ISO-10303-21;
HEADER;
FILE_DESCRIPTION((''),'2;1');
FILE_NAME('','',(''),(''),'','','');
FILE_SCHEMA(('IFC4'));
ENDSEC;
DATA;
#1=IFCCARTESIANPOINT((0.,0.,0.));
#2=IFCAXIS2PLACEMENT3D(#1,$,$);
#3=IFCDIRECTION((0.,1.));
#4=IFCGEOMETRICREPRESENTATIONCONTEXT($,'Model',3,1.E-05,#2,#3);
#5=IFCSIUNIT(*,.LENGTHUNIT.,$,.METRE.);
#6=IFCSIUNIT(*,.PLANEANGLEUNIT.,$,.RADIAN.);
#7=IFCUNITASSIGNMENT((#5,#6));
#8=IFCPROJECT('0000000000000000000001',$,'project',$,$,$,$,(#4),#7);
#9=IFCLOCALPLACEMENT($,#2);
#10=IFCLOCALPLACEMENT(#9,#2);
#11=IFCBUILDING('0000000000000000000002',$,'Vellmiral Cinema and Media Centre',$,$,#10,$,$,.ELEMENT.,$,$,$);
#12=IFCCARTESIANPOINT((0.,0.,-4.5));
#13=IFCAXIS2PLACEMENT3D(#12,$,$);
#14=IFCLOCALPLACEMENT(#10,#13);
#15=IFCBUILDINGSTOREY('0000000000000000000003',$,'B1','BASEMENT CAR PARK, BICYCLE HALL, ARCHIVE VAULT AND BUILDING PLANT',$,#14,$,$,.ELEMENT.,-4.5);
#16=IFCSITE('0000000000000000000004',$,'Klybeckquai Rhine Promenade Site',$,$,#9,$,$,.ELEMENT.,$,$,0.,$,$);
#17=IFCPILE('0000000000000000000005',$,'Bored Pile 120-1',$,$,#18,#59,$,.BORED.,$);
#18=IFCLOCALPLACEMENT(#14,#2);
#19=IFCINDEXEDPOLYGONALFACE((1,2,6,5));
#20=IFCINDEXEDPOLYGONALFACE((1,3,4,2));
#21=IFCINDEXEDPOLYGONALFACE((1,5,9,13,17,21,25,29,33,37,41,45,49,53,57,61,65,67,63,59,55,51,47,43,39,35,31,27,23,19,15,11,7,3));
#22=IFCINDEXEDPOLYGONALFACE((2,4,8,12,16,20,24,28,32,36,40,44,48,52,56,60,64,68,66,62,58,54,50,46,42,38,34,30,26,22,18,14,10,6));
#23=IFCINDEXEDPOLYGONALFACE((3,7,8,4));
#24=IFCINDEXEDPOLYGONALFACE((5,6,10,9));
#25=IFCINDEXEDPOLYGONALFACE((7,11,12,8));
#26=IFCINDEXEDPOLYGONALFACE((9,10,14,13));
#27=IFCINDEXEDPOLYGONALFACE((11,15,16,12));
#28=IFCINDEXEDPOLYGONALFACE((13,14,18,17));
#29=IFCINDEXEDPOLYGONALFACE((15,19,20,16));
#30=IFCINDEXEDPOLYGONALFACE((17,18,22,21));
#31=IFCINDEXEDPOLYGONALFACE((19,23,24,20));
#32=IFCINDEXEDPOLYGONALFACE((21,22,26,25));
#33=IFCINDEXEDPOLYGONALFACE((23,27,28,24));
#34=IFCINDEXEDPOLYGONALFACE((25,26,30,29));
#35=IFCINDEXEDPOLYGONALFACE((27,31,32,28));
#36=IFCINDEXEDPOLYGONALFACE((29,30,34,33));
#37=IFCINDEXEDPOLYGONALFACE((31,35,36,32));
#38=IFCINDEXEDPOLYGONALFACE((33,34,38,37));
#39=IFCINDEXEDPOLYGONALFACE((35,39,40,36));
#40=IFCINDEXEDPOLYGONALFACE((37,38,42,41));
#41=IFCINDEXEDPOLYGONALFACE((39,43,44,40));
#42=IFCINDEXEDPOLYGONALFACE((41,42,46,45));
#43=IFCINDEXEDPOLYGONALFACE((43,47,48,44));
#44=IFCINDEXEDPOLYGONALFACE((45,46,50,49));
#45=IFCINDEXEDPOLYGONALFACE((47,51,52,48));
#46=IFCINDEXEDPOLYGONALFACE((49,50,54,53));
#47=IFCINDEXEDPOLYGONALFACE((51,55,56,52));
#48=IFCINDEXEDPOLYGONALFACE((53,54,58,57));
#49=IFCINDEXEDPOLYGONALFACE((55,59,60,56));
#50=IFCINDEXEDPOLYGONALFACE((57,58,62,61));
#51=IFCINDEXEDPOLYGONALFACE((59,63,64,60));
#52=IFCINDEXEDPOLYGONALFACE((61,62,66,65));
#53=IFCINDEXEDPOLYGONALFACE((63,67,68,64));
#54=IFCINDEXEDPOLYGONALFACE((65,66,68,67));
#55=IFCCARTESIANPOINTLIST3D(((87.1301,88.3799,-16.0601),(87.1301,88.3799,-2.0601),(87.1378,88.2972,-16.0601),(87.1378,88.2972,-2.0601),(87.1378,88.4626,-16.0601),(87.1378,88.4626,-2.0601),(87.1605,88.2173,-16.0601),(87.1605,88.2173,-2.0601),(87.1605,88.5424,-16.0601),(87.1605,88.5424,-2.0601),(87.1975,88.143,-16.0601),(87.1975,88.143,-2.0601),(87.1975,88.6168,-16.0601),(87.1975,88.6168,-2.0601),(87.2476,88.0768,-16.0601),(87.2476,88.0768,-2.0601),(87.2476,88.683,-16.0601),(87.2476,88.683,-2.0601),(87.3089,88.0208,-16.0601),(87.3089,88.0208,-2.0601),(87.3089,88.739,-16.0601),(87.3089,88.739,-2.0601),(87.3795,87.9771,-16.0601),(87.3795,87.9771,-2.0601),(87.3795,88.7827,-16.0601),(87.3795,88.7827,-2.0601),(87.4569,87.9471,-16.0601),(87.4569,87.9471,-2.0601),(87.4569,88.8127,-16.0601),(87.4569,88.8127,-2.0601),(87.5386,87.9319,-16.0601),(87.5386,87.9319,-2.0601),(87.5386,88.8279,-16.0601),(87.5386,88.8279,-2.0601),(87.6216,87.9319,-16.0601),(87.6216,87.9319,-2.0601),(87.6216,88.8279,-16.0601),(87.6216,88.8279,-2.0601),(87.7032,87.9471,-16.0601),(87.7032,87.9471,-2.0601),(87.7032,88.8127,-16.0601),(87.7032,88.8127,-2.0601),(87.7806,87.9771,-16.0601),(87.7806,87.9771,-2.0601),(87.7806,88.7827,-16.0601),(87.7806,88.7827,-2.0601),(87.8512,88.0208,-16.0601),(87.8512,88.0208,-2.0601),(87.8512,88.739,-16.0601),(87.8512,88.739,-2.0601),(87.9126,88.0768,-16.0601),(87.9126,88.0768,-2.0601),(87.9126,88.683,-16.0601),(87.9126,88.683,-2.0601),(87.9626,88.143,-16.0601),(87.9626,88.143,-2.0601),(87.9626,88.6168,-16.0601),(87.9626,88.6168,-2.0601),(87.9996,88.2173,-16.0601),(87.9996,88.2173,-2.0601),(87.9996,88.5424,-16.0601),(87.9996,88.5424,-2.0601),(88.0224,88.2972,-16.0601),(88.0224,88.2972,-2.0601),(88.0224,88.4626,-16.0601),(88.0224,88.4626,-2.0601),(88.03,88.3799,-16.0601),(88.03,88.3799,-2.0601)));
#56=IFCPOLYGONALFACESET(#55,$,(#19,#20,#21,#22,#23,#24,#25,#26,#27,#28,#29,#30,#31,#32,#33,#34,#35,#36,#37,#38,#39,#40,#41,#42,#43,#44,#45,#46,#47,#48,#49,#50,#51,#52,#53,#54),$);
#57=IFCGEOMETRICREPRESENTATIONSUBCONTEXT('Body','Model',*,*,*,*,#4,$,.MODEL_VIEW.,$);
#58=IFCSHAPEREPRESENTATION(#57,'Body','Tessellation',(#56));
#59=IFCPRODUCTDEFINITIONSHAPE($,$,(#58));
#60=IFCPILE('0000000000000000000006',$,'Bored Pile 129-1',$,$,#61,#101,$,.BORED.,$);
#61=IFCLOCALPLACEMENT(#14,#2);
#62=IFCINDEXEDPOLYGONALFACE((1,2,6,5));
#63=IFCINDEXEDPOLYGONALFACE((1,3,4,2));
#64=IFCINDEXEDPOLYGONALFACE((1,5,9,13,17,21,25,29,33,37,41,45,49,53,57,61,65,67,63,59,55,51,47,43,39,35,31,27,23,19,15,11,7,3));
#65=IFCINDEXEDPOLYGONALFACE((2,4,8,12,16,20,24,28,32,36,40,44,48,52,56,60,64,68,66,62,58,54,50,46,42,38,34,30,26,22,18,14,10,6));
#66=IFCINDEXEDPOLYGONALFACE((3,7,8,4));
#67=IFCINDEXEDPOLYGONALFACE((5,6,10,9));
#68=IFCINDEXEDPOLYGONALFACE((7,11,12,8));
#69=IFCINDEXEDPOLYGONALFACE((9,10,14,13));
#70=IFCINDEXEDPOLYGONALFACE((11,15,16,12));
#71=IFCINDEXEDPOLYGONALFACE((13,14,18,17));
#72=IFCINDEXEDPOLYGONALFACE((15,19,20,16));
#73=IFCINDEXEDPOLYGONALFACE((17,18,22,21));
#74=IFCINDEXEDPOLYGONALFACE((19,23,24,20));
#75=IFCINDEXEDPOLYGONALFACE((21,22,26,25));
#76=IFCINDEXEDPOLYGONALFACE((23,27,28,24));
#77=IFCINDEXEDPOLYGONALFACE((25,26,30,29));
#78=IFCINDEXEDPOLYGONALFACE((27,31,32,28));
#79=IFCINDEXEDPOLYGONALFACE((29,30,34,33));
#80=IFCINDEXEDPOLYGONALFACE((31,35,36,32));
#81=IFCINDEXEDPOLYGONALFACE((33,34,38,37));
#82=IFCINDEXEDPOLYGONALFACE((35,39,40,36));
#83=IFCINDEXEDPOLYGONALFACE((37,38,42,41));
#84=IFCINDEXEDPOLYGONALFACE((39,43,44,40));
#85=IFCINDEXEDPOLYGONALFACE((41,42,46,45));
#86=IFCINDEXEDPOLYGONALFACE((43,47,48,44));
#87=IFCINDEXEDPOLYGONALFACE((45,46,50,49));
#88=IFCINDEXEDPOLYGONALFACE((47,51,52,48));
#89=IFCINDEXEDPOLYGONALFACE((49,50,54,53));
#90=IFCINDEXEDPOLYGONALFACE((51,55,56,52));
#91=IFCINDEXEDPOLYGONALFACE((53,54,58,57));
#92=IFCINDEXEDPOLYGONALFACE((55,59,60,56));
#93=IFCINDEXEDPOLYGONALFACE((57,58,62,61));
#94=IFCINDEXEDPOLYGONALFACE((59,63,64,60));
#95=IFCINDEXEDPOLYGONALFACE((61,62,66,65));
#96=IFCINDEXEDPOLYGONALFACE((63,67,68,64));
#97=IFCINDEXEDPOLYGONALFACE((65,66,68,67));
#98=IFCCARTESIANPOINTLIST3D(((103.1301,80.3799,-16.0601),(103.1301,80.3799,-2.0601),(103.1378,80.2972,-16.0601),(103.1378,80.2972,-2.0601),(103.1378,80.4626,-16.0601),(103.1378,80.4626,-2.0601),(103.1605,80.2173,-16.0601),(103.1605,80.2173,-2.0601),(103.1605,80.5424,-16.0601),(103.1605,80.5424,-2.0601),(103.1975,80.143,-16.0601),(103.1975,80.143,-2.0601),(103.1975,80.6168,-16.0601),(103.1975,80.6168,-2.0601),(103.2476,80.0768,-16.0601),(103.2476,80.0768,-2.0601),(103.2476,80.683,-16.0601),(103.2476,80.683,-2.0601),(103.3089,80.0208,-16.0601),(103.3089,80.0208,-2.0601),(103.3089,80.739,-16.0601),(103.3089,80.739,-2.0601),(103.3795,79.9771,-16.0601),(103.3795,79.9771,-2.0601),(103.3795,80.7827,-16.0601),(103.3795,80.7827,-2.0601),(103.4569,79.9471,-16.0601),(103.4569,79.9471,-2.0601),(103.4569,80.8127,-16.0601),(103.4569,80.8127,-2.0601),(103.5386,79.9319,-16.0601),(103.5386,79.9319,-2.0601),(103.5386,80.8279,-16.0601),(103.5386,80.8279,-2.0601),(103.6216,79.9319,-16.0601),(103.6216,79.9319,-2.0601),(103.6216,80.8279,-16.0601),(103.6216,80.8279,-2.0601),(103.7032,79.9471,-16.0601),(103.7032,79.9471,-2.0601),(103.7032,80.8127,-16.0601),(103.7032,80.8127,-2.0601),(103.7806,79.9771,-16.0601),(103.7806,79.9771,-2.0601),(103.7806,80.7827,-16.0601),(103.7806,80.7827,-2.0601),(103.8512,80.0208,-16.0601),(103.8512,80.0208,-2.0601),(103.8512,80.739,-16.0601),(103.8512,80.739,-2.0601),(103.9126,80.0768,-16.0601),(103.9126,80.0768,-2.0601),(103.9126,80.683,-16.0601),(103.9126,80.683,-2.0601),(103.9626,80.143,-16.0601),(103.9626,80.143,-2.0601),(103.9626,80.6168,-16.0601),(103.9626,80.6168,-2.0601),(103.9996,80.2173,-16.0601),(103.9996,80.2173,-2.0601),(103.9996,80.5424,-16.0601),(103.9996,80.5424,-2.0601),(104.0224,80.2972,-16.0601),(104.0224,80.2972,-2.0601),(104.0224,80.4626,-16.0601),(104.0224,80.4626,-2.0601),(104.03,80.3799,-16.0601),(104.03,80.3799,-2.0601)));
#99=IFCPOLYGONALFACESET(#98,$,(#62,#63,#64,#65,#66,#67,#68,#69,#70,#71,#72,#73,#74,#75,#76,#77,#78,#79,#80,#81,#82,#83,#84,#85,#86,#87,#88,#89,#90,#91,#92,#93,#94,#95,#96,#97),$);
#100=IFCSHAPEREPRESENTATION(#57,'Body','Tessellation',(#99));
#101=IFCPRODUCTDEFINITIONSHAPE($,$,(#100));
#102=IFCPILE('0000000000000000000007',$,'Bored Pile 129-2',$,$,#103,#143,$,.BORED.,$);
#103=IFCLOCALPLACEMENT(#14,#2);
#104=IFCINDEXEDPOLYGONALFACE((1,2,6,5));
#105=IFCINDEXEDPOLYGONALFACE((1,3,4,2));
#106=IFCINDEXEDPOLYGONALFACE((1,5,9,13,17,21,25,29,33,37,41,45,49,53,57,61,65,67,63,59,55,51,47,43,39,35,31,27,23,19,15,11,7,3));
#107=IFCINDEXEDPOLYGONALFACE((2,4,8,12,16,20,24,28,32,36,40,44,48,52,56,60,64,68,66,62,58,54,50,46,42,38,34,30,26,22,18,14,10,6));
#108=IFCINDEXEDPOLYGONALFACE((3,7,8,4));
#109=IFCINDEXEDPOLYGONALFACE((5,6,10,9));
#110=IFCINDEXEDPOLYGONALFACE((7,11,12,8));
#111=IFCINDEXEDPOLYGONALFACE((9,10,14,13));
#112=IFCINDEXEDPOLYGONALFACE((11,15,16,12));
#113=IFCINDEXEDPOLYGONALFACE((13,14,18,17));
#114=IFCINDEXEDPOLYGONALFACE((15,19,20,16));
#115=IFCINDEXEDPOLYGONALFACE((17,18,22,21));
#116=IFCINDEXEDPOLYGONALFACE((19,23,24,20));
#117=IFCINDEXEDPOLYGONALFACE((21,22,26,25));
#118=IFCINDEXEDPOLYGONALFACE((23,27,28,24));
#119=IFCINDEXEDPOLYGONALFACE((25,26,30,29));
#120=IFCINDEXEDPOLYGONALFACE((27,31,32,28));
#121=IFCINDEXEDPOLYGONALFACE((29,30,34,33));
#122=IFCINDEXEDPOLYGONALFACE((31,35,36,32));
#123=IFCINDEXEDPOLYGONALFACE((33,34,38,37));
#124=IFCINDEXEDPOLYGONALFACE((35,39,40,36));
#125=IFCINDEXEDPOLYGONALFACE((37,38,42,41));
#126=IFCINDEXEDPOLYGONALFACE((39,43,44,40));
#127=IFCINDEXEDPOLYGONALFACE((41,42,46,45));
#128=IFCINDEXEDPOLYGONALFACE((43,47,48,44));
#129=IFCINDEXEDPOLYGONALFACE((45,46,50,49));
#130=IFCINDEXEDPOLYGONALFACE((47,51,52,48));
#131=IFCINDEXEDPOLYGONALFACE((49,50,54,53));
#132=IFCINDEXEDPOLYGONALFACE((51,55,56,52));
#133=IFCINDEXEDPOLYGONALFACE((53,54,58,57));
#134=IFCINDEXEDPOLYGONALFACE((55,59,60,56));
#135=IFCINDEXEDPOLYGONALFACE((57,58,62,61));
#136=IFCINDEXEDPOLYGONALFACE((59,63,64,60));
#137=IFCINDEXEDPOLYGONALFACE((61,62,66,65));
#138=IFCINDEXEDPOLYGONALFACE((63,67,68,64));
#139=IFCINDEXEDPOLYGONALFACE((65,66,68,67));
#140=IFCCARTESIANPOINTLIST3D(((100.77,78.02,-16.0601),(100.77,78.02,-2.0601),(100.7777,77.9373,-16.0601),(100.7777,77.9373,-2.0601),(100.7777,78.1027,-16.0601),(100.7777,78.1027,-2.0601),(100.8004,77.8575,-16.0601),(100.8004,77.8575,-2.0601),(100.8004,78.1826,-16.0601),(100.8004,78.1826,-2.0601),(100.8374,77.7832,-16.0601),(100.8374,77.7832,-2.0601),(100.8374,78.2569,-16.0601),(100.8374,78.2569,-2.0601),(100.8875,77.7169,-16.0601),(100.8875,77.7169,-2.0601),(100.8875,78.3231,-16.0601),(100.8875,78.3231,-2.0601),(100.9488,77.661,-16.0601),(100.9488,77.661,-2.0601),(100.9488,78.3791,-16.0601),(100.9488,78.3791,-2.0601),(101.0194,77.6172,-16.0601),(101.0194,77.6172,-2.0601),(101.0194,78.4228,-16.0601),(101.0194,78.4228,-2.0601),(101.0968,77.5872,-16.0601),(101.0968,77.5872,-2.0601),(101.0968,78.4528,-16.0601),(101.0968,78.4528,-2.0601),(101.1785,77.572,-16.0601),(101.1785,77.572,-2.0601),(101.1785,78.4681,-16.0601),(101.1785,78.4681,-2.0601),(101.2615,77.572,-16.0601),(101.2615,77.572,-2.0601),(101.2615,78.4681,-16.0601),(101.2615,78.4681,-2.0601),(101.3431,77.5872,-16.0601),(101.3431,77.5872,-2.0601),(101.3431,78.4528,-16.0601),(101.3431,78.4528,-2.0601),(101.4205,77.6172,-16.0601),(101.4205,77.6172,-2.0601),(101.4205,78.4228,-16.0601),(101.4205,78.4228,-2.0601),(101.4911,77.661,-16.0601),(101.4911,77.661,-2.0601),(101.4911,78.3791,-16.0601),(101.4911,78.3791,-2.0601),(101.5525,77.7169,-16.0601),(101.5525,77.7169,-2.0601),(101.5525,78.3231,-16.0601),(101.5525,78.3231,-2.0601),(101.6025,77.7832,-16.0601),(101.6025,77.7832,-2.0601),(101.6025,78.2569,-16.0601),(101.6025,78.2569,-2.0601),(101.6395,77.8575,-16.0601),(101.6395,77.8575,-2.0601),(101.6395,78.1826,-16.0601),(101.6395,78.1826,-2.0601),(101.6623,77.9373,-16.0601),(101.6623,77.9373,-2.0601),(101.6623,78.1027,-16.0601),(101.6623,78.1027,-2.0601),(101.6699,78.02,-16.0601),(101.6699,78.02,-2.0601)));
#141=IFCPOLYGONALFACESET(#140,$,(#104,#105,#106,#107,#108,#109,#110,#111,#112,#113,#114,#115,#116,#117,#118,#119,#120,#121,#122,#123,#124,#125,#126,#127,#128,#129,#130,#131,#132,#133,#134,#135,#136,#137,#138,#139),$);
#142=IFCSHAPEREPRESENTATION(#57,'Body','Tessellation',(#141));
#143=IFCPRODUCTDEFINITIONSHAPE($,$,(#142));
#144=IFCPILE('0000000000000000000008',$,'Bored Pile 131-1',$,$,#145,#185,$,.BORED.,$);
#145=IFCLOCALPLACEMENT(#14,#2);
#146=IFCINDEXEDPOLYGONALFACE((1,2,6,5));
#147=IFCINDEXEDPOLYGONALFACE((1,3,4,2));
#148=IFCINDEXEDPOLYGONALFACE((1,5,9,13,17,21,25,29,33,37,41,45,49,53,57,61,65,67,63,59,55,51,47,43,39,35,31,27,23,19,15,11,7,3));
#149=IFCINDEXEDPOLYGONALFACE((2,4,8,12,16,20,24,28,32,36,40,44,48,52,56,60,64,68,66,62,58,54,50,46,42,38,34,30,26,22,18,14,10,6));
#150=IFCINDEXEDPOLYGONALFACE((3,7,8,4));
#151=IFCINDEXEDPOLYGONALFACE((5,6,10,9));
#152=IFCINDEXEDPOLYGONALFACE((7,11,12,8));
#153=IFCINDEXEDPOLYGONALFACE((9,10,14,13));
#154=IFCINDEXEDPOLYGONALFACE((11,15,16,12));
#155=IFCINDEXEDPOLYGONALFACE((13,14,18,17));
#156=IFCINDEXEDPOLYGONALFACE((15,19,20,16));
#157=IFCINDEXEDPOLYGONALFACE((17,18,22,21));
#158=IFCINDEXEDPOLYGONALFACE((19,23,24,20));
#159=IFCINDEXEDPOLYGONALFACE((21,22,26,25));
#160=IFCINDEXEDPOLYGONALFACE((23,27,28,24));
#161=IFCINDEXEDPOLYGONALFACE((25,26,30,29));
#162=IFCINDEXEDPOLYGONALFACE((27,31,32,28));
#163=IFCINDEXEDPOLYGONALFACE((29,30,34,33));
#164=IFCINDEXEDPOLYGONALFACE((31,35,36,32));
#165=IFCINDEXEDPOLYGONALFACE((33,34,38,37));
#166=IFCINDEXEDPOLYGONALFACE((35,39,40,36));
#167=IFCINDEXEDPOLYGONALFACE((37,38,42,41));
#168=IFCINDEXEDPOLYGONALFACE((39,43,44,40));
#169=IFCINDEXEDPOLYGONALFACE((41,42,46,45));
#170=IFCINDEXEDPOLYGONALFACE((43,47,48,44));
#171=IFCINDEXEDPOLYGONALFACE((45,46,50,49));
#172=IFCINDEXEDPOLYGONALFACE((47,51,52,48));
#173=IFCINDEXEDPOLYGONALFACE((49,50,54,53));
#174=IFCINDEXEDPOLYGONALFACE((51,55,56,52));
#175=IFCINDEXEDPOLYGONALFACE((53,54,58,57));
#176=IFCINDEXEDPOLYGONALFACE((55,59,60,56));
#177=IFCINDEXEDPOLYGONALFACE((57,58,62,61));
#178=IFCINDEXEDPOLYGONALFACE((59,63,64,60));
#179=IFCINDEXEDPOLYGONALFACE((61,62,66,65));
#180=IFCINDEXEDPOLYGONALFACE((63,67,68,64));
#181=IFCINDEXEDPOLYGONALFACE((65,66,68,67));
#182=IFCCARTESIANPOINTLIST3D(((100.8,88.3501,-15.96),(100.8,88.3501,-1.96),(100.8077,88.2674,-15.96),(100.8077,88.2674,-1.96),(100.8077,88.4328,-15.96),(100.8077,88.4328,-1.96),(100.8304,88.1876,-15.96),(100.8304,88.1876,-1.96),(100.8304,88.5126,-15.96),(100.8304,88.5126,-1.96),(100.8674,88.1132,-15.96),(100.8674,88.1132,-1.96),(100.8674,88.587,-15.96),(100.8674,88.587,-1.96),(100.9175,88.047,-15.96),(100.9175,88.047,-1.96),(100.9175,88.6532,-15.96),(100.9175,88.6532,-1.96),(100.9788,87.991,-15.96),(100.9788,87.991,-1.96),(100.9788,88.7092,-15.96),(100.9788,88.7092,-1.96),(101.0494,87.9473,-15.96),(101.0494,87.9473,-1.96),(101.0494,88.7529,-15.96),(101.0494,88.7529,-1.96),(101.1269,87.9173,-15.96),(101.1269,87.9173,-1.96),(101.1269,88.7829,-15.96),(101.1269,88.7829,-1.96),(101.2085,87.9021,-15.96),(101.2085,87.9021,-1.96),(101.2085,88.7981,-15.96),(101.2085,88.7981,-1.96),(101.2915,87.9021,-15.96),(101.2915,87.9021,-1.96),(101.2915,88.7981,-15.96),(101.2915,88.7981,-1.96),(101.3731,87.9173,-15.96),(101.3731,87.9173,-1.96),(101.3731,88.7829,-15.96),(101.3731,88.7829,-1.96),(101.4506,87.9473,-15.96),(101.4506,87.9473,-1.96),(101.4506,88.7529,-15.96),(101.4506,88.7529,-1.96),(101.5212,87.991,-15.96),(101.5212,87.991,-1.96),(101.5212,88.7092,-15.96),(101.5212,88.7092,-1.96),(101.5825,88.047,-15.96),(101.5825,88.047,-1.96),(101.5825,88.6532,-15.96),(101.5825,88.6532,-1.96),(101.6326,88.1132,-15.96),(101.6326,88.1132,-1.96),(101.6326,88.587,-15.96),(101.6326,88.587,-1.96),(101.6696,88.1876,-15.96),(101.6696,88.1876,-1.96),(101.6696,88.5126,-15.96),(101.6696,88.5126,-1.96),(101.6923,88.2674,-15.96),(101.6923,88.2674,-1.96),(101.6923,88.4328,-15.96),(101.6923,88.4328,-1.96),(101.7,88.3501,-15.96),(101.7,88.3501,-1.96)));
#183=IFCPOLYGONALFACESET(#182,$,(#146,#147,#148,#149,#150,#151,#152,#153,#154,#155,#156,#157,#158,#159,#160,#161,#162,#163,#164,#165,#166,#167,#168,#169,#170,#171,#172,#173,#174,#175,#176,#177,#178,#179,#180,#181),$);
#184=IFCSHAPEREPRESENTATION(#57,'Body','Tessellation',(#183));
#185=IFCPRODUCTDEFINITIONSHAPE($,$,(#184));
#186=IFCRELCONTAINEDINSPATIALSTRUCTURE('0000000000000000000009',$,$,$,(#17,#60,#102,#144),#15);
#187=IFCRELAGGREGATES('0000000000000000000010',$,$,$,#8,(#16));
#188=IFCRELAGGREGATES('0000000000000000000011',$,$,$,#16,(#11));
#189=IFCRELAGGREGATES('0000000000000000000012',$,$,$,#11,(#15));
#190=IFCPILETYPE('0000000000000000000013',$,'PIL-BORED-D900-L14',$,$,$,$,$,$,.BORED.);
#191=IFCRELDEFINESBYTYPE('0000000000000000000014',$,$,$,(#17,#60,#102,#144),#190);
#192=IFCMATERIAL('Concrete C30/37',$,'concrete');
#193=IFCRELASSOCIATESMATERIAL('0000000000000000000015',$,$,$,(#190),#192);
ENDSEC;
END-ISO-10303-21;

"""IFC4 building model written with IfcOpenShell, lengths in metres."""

from ifc_helpers import new_model, si_unit, direction, frame, origin, origin_2d, place, context, subcontext, project, spatial, circle, extrude, material, material_profile, profile_set, type_object, element, save


model = new_model("IFC4")

# Units and contexts
model_context = context("Model", 3, precision=1e-05, world=origin(), true_north=direction((0.0, 1.0)))
body_context = subcontext(model_context, "Body", "Model", "MODEL_VIEW")
ifc_project = project(units=[si_unit("LENGTHUNIT", "METRE"), si_unit("PLANEANGLEUNIT", "RADIAN")], contexts=[model_context])

# Site, building, storey
site_placement = place(None, origin())
site = spatial("IfcSite", under=ifc_project, at=site_placement, Name="Klybeckquai Rhine Promenade Site", CompositionType="ELEMENT", RefElevation=0.0)
building_placement = place(site_placement, origin())
building = spatial("IfcBuilding", under=site, at=building_placement, Name="Vellmiral Cinema and Media Centre", CompositionType="ELEMENT")
storey_placement = place(building_placement, frame((0.0, 0.0, -4.5)))
storey = spatial("IfcBuildingStorey", under=building, at=storey_placement, Name="B1", Description="BASEMENT CAR PARK, BICYCLE HALL, ARCHIVE VAULT AND BUILDING PLANT", CompositionType="ELEMENT", Elevation=-4.5)

# Piles
ifc_material_1 = material(Name="Concrete C30/37", Category="concrete")
ifc_material_profile_1 = material_profile(ifc_material_1, circle(Radius=0.45, at=origin_2d()), Name="PILE D900")
ifc_profile_set_1 = profile_set([ifc_material_profile_1], Name="Concrete C30/37")
pile_type_1 = type_object("IfcPileType", Name="PIL-BORED-D900-L14", PredefinedType="BORED", material=ifc_profile_set_1)
for number, where, z_axis, x_axis, name in (
    (1, (87.5801, 88.3799, -2.0601), (0.0, 0.0, -1.0), (1.0, 0.0, 0.0), "Bored Pile 120-1"),
    (2, (103.5801, 80.3799, -2.0601), (0.0, 0.0, -1.0), (1.0, 0.0, 0.0), "Bored Pile 129-1"),
    (3, (101.22, 78.02, -2.0601), (0.0, 0.0, -1.0), (1.0, 0.0, 0.0), "Bored Pile 129-2"),
    (4, (101.25, 88.3501, -1.96), (0.0, 0.0, -1.0), (1.0, 0.0, 0.0), "Bored Pile 131-1"),
):
    element("IfcPile", number, at=place(storey_placement, frame(where, z_axis=z_axis, x_axis=x_axis)), inside=storey, type_object=pile_type_1, Name=name, PredefinedType="BORED", context=body_context, shape_type="SweptSolid", body=[
        extrude(circle(Radius=0.45, at=origin_2d()), origin(), (0.0, 0.0, 1.0), 14.0),
    ])

save(model, "model.ifc")
